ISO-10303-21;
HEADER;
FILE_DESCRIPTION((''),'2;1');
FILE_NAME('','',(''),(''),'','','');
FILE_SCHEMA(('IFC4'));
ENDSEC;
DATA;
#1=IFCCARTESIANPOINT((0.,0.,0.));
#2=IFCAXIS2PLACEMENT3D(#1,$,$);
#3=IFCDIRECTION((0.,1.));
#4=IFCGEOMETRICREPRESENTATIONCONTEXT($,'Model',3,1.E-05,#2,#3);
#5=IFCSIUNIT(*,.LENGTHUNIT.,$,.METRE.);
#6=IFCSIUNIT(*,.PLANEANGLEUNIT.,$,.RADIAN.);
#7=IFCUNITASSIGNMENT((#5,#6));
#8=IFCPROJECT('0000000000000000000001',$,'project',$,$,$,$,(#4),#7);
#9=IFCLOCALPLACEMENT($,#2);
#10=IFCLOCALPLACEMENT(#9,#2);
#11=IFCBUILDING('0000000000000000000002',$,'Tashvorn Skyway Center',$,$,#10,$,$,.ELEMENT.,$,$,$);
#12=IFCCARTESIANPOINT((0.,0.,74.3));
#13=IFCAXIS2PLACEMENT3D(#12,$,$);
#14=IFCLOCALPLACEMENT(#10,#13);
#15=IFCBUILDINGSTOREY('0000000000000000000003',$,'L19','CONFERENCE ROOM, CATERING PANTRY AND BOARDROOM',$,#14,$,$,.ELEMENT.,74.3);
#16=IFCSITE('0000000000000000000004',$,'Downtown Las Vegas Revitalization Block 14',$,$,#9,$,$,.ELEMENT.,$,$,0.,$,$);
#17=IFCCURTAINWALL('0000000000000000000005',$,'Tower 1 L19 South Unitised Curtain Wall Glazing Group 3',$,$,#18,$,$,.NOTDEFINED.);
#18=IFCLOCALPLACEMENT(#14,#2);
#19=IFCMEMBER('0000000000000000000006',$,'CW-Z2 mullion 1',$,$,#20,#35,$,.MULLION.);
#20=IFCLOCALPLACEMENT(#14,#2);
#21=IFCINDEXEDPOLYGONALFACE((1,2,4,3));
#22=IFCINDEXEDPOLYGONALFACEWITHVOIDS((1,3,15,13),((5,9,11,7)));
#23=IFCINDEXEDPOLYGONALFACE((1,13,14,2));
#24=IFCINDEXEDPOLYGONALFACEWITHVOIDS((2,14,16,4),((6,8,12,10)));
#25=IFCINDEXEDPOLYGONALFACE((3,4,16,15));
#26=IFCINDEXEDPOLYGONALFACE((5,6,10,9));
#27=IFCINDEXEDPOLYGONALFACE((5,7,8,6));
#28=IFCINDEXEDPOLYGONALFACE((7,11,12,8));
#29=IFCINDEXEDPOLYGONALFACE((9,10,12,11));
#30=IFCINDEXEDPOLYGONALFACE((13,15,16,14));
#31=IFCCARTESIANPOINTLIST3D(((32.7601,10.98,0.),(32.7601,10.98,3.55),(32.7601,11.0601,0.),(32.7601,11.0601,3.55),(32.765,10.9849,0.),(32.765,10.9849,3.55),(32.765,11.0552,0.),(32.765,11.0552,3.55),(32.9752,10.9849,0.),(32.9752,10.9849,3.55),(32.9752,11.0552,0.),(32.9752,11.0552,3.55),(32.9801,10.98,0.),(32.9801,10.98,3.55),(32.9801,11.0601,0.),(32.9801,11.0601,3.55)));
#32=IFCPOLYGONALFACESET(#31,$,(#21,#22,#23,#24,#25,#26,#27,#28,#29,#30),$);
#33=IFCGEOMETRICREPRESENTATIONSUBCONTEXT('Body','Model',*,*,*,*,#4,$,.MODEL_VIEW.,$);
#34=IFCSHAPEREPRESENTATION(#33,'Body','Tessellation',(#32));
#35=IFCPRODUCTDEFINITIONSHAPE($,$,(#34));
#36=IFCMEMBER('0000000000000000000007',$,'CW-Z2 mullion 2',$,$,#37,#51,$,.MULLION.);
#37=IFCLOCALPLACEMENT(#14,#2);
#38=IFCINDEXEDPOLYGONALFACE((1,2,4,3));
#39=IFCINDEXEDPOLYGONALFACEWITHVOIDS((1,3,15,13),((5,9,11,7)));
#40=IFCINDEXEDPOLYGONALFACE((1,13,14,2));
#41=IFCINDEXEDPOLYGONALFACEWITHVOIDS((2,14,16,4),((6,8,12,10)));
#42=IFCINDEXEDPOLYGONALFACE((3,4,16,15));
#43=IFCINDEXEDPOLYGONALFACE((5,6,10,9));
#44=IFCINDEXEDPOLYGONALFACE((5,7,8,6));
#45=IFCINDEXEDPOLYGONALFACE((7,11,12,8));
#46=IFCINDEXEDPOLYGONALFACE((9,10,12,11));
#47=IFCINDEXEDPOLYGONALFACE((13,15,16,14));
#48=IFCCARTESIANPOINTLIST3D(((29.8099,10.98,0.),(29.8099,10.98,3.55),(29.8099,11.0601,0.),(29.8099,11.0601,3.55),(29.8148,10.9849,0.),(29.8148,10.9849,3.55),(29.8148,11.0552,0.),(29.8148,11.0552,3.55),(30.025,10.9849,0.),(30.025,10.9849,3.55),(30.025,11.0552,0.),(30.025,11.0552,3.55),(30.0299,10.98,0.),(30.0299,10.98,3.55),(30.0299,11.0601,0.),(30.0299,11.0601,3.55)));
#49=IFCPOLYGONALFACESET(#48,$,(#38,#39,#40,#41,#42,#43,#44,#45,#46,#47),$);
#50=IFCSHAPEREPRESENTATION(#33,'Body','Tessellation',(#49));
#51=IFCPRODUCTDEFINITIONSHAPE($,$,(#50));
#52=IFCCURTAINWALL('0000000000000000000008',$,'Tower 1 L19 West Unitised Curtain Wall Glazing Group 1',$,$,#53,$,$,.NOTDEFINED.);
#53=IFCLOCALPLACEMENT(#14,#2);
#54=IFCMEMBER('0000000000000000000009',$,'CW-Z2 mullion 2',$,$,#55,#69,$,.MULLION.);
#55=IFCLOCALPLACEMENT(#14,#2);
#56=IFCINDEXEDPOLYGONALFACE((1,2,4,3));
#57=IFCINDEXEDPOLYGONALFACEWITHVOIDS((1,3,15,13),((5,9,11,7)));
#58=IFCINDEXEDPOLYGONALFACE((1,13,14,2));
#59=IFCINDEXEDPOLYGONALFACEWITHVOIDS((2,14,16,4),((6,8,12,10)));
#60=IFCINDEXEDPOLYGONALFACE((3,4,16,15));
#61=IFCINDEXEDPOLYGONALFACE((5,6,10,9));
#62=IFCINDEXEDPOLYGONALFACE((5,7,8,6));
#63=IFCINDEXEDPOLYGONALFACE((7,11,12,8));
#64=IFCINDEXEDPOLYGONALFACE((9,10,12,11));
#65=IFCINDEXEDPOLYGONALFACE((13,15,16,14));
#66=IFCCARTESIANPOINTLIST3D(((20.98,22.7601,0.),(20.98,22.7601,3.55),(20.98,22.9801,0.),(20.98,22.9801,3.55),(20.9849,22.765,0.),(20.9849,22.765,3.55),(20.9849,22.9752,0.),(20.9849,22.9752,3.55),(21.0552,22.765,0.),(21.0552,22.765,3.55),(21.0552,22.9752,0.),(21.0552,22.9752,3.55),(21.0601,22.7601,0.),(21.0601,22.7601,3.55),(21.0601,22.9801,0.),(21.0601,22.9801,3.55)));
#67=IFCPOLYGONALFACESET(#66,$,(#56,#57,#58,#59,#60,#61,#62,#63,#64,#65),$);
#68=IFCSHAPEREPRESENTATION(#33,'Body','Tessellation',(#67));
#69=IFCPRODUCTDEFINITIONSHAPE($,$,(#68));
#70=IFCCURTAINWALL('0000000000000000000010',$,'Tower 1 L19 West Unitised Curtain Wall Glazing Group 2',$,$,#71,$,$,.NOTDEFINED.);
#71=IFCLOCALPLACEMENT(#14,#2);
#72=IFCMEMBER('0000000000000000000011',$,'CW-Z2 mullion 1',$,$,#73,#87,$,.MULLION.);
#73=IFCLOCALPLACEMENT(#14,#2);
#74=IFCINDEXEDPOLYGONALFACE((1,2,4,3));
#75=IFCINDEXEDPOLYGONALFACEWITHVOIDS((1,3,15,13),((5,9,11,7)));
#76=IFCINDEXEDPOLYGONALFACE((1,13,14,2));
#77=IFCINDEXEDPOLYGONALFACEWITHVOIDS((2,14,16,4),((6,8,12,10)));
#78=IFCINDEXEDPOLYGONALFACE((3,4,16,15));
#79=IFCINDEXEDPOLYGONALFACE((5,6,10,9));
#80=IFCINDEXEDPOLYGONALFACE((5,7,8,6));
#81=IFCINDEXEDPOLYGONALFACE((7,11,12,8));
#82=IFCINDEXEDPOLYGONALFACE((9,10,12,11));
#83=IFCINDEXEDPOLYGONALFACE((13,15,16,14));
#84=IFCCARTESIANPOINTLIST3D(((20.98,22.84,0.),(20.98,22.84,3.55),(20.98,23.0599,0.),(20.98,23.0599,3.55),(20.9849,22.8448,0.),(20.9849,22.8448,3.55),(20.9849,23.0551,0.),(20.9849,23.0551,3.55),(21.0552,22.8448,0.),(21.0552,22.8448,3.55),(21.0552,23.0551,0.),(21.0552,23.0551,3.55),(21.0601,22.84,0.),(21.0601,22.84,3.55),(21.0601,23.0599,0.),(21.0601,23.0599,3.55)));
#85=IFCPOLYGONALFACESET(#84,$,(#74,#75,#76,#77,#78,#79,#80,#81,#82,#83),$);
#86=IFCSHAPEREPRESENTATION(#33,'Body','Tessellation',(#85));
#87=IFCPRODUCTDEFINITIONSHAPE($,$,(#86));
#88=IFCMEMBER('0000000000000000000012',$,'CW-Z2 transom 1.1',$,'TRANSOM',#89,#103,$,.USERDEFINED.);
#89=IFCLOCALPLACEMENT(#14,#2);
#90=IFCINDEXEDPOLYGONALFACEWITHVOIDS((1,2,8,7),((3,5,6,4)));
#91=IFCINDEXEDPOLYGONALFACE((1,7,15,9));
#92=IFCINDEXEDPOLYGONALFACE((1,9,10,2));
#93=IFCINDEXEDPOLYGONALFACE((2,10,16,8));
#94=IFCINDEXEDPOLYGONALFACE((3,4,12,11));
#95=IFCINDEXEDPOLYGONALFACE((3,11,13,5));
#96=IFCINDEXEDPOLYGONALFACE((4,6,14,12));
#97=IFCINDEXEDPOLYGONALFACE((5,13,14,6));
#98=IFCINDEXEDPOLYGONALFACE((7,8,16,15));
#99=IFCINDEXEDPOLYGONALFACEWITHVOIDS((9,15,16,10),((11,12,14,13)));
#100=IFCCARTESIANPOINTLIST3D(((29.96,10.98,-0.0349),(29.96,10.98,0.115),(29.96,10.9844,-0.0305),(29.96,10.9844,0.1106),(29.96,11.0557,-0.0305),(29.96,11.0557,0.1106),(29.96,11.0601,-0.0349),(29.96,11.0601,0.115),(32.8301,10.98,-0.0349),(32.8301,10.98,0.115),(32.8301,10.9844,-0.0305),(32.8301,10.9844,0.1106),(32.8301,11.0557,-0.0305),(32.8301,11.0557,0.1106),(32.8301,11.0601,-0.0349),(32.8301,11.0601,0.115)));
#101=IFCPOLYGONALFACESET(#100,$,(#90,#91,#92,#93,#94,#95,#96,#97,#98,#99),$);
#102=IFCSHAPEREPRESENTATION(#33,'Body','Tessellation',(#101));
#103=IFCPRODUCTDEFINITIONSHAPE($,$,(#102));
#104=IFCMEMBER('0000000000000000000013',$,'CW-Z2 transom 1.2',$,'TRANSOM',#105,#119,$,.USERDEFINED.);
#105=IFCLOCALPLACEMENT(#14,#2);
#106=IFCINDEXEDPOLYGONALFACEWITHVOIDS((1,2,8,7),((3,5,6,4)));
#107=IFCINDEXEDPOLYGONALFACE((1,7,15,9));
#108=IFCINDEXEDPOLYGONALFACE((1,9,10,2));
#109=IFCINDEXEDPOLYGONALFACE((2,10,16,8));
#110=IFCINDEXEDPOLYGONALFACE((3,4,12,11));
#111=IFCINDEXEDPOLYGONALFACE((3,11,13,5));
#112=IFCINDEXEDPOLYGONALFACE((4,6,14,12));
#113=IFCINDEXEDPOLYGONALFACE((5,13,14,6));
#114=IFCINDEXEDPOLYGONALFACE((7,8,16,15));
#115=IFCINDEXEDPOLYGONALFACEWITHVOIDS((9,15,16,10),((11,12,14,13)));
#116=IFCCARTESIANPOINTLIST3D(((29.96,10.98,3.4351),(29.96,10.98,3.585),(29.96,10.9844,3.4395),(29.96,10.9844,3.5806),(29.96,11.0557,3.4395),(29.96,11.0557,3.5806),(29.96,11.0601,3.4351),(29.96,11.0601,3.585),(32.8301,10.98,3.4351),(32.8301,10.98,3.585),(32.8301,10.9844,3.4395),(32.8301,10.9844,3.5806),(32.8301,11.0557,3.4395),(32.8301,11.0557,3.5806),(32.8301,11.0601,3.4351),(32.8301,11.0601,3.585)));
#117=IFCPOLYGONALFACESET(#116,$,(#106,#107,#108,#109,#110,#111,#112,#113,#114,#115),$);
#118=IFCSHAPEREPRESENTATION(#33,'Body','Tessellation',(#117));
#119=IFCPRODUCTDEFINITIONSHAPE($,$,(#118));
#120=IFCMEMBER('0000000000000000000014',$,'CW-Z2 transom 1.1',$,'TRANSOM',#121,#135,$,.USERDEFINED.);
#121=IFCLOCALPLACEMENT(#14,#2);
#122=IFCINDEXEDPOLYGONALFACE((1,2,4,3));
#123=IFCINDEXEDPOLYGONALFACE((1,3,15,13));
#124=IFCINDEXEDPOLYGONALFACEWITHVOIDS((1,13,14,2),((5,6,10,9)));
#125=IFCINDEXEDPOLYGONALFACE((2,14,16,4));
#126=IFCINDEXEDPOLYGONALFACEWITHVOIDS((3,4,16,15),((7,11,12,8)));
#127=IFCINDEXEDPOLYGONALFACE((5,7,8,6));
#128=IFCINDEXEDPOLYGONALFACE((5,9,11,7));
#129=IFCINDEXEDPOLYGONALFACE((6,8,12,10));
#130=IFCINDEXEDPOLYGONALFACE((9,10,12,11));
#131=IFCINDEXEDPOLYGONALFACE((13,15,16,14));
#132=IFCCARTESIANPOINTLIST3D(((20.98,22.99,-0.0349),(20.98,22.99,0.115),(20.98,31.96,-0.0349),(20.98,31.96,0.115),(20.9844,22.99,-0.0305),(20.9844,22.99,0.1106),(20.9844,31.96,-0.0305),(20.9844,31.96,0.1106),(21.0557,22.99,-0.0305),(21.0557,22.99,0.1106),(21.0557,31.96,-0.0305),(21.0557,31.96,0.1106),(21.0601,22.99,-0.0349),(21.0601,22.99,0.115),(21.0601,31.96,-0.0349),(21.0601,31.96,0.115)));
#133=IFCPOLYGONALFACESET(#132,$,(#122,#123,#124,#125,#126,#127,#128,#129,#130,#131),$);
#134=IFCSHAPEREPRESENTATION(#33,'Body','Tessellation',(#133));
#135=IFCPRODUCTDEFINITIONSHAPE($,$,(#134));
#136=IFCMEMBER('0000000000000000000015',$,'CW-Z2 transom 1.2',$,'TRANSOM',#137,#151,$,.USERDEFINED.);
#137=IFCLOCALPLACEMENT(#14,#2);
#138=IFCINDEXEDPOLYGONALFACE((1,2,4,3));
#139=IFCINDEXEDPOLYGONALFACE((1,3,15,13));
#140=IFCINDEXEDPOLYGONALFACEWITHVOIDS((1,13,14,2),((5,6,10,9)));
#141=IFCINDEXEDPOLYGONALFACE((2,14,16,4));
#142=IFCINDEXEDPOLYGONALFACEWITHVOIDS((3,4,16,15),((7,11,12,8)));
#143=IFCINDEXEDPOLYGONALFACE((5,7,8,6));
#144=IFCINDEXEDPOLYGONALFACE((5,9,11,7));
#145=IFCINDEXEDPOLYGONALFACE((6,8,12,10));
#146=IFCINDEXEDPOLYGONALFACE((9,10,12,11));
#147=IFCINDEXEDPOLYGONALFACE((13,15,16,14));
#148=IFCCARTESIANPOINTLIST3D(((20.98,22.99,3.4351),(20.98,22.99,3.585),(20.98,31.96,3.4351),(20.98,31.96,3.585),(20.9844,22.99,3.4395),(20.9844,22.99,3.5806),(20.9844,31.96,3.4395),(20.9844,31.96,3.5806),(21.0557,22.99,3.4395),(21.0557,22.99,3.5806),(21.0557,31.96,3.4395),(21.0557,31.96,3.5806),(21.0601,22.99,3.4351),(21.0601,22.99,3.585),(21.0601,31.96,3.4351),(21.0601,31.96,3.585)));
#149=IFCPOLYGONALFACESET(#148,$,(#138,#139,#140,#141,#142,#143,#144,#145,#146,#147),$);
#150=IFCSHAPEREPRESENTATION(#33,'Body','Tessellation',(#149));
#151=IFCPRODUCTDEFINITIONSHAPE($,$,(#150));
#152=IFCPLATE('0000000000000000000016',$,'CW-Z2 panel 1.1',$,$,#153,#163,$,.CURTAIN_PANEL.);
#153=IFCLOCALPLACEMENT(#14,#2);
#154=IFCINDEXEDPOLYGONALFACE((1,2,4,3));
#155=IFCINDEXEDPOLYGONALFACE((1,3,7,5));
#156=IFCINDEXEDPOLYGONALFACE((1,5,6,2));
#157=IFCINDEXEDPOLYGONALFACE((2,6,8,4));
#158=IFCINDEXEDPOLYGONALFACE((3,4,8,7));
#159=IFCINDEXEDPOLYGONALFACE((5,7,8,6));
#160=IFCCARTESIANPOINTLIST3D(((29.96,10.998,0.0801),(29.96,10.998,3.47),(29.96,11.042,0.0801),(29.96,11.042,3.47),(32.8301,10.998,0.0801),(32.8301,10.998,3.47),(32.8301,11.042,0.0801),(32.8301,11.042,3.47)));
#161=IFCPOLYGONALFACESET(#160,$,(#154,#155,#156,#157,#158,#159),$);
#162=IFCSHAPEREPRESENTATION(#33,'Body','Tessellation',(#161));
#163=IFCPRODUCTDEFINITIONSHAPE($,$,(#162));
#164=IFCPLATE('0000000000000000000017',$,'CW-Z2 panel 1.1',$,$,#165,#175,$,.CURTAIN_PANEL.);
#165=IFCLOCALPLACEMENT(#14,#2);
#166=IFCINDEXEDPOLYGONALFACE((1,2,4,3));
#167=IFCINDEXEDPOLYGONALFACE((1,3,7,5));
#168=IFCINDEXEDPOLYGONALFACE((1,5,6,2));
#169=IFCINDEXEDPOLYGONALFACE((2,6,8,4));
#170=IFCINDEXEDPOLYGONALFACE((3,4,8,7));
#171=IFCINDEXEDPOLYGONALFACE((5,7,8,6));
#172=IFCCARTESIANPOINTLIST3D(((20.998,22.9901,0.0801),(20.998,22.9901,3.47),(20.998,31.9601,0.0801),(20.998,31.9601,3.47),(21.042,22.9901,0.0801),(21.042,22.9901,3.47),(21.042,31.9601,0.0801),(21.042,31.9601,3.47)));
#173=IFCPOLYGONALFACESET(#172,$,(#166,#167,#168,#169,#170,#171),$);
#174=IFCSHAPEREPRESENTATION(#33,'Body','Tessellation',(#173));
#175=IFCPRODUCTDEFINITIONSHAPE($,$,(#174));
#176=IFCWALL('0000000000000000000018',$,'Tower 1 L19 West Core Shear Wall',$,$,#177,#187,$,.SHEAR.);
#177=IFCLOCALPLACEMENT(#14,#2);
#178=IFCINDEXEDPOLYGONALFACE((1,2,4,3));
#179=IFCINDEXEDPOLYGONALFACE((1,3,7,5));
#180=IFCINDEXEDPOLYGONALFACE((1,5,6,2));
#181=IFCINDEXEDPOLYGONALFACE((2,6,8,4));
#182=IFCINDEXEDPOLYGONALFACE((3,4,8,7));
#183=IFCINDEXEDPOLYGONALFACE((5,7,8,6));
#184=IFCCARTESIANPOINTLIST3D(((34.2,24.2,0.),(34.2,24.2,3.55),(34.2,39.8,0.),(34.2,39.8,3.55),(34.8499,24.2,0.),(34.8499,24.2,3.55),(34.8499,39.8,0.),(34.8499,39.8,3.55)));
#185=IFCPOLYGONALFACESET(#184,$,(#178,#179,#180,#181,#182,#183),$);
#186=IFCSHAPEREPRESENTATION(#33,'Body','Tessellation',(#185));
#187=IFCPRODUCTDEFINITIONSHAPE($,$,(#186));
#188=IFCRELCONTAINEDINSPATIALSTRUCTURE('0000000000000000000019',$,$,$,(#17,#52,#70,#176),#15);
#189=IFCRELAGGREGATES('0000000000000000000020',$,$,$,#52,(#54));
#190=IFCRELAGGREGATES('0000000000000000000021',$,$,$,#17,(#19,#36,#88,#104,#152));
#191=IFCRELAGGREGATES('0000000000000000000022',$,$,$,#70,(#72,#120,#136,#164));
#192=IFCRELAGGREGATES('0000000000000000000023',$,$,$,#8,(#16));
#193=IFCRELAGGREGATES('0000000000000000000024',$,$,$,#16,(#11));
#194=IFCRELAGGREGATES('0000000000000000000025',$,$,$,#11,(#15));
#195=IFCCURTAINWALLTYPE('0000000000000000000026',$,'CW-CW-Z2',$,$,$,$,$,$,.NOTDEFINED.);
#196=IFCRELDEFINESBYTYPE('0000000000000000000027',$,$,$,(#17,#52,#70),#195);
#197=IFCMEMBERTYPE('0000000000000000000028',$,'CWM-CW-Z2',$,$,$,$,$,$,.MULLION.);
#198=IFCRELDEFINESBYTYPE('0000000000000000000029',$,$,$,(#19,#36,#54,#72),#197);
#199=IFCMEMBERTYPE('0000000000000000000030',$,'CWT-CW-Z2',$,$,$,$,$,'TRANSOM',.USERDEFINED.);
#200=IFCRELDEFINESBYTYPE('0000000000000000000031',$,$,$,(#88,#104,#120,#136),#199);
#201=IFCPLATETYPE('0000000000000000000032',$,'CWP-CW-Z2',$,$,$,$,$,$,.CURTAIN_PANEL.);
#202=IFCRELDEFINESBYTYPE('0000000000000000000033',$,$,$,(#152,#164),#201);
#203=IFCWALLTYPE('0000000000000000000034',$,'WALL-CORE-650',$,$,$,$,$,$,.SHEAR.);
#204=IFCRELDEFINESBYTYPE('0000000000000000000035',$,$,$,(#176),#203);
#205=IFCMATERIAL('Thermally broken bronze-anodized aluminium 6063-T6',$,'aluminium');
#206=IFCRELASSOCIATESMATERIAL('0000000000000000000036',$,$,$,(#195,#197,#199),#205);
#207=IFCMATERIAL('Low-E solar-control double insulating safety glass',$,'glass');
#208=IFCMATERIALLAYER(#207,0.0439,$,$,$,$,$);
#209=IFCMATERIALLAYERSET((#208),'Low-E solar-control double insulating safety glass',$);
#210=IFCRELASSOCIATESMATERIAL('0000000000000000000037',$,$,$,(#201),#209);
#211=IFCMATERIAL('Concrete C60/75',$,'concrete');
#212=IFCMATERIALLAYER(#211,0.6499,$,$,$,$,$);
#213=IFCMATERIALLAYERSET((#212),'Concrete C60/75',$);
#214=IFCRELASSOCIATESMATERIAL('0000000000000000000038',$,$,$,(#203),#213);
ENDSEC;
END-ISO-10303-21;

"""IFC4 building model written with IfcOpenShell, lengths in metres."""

from ifc_helpers import new_model, si_unit, direction, frame, frame_2d, origin, origin_2d, place, context, subcontext, project, spatial, rectangle, hollow_rectangle, extrude, material, layer, layer_set, material_profile, profile_set, type_object, element, aggregate, save


model = new_model("IFC4")

# Units and contexts
model_context = context("Model", 3, precision=1e-05, world=origin(), true_north=direction((0.0, 1.0)))
body_context = subcontext(model_context, "Body", "Model", "MODEL_VIEW")
ifc_project = project(units=[si_unit("LENGTHUNIT", "METRE"), si_unit("PLANEANGLEUNIT", "RADIAN")], contexts=[model_context])

# Site, building, storey
site_placement = place(None, origin())
site = spatial("IfcSite", under=ifc_project, at=site_placement, Name="Downtown Las Vegas Revitalization Block 14", CompositionType="ELEMENT", RefElevation=0.0)
building_placement = place(site_placement, origin())
building = spatial("IfcBuilding", under=site, at=building_placement, Name="Tashvorn Skyway Center", CompositionType="ELEMENT")
storey_placement = place(building_placement, frame((0.0, 0.0, 74.3)))
storey = spatial("IfcBuildingStorey", under=building, at=storey_placement, Name="L19", Description="CONFERENCE ROOM, CATERING PANTRY AND BOARDROOM", CompositionType="ELEMENT", Elevation=74.3)

# Shared definitions
ifc_material_1 = material(Name="Thermally broken bronze-anodized aluminium 6063-T6", Category="aluminium")
curtain_wall_type = type_object("IfcCurtainWallType", Name="CW-CW-Z2", PredefinedType="NOTDEFINED", material=ifc_material_1)
ifc_material_profile_1 = material_profile(ifc_material_1, hollow_rectangle(XDim=0.0801, YDim=0.22, WallThickness=0.0049, at=origin_2d()), Name="ALU-MULL-80x220")
ifc_profile_set_1 = profile_set([ifc_material_profile_1], Name="Thermally broken bronze-anodized aluminium 6063-T6")
member_type_1 = type_object("IfcMemberType", Name="CWM-CW-Z2", PredefinedType="MULLION", material=ifc_profile_set_1)

# Curtain wall, members
curtain_wall_1_placement = place(storey_placement, origin())
curtain_wall_1 = element("IfcCurtainWall", 1, at=curtain_wall_1_placement, inside=storey, type_object=curtain_wall_type, Name="Tower 1 L19 South Unitised Curtain Wall Glazing Group 3", PredefinedType="NOTDEFINED")
member_1_placement = place(storey_placement, frame((32.8701, 11.02, 0.0), z_axis=(0.0, 0.0, 1.0), x_axis=(0.0, -1.0, 0.0)))
member_1 = element("IfcMember", 2, at=member_1_placement, type_object=member_type_1, Name="CW-Z2 mullion 1", PredefinedType="MULLION", context=body_context, shape_type="SweptSolid", body=[
    extrude(hollow_rectangle(XDim=0.0801, YDim=0.22, WallThickness=0.0049, at=origin_2d()), origin(), (0.0, 0.0, 1.0), 3.55),
])
member_2_placement = place(storey_placement, frame((29.9199, 11.02, 0.0), z_axis=(0.0, 0.0, 1.0), x_axis=(0.0, -1.0, 0.0)))
member_2 = element("IfcMember", 3, at=member_2_placement, type_object=member_type_1, Name="CW-Z2 mullion 2", PredefinedType="MULLION", context=body_context, shape_type="SweptSolid", body=[
    extrude(hollow_rectangle(XDim=0.0801, YDim=0.22, WallThickness=0.0049, at=origin_2d()), origin(), (0.0, 0.0, 1.0), 3.55),
])

# Curtain walls, members
curtain_wall_2_placement = place(storey_placement, origin())
curtain_wall_2 = element("IfcCurtainWall", 4, at=curtain_wall_2_placement, inside=storey, type_object=curtain_wall_type, Name="Tower 1 L19 West Unitised Curtain Wall Glazing Group 1", PredefinedType="NOTDEFINED")
member_3_placement = place(storey_placement, frame((21.02, 22.8701, 0.0), z_axis=(0.0, 0.0, 1.0), x_axis=(-1.0, 0.0, 0.0)))
member_3 = element("IfcMember", 5, at=member_3_placement, type_object=member_type_1, Name="CW-Z2 mullion 2", PredefinedType="MULLION", context=body_context, shape_type="SweptSolid", body=[
    extrude(hollow_rectangle(XDim=0.0801, YDim=0.22, WallThickness=0.0049, at=origin_2d()), origin(), (0.0, 0.0, 1.0), 3.55),
])
aggregate(curtain_wall_2, [member_3])
curtain_wall_3_placement = place(storey_placement, origin())
curtain_wall_3 = element("IfcCurtainWall", 6, at=curtain_wall_3_placement, inside=storey, type_object=curtain_wall_type, Name="Tower 1 L19 West Unitised Curtain Wall Glazing Group 2", PredefinedType="NOTDEFINED")
member_4_placement = place(storey_placement, frame((21.02, 22.95, 0.0), z_axis=(0.0, 0.0, 1.0), x_axis=(-1.0, 0.0, 0.0)))
member_4 = element("IfcMember", 7, at=member_4_placement, type_object=member_type_1, Name="CW-Z2 mullion 1", PredefinedType="MULLION", context=body_context, shape_type="SweptSolid", body=[
    extrude(hollow_rectangle(XDim=0.0801, YDim=0.22, WallThickness=0.0049, at=origin_2d()), origin(), (0.0, 0.0, 1.0), 3.55),
])

# Members
ifc_material_profile_2 = material_profile(ifc_material_1, hollow_rectangle(XDim=0.0801, YDim=0.1499, WallThickness=0.0044, at=origin_2d()), Name="ALU-TRAN-80x150")
ifc_profile_set_2 = profile_set([ifc_material_profile_2], Name="Thermally broken bronze-anodized aluminium 6063-T6")
member_type_2 = type_object("IfcMemberType", Name="CWT-CW-Z2", ElementType="TRANSOM", PredefinedType="USERDEFINED", material=ifc_profile_set_2)
member_5_placement = place(storey_placement, frame((32.8301, 11.02, 0.04), z_axis=(-1.0, 0.0, 0.0), x_axis=(0.0, -1.0, 0.0)))
member_5 = element("IfcMember", 8, at=member_5_placement, type_object=member_type_2, Name="CW-Z2 transom 1.1", ObjectType="TRANSOM", PredefinedType="USERDEFINED", context=body_context, shape_type="SweptSolid", body=[
    extrude(hollow_rectangle(XDim=0.0801, YDim=0.1499, WallThickness=0.0044, at=origin_2d()), origin(), (0.0, 0.0, 1.0), 2.8701),
])
member_6_placement = place(storey_placement, frame((32.8301, 11.02, 3.51), z_axis=(-1.0, 0.0, 0.0), x_axis=(0.0, -1.0, 0.0)))
member_6 = element("IfcMember", 9, at=member_6_placement, type_object=member_type_2, Name="CW-Z2 transom 1.2", ObjectType="TRANSOM", PredefinedType="USERDEFINED", context=body_context, shape_type="SweptSolid", body=[
    extrude(hollow_rectangle(XDim=0.0801, YDim=0.1499, WallThickness=0.0044, at=origin_2d()), origin(), (0.0, 0.0, 1.0), 2.8701),
])
member_7_placement = place(storey_placement, frame((21.02, 22.99, 0.04), z_axis=(0.0, 1.0, 0.0), x_axis=(-1.0, 0.0, 0.0)))
member_7 = element("IfcMember", 10, at=member_7_placement, type_object=member_type_2, Name="CW-Z2 transom 1.1", ObjectType="TRANSOM", PredefinedType="USERDEFINED", context=body_context, shape_type="SweptSolid", body=[
    extrude(hollow_rectangle(XDim=0.0801, YDim=0.1499, WallThickness=0.0044, at=origin_2d()), origin(), (0.0, 0.0, 1.0), 8.97),
])
member_8_placement = place(storey_placement, frame((21.02, 22.99, 3.51), z_axis=(0.0, 1.0, 0.0), x_axis=(-1.0, 0.0, 0.0)))
member_8 = element("IfcMember", 11, at=member_8_placement, type_object=member_type_2, Name="CW-Z2 transom 1.2", ObjectType="TRANSOM", PredefinedType="USERDEFINED", context=body_context, shape_type="SweptSolid", body=[
    extrude(hollow_rectangle(XDim=0.0801, YDim=0.1499, WallThickness=0.0044, at=origin_2d()), origin(), (0.0, 0.0, 1.0), 8.97),
])

# Plates
ifc_material_2 = material(Name="Low-E solar-control double insulating safety glass", Category="glass")
ifc_layer_1 = layer(ifc_material_2, 0.0439)
ifc_layer_set_1 = layer_set([ifc_layer_1], Name="Low-E solar-control double insulating safety glass")
plate_type = type_object("IfcPlateType", Name="CWP-CW-Z2", PredefinedType="CURTAIN_PANEL", material=ifc_layer_set_1)
plate_1_placement = place(storey_placement, frame((31.395, 11.02, 0.0801), z_axis=(0.0, 0.0, 1.0), x_axis=(-1.0, 0.0, 0.0)))
plate_1 = element("IfcPlate", 12, at=plate_1_placement, type_object=plate_type, Name="CW-Z2 panel 1.1", PredefinedType="CURTAIN_PANEL", context=body_context, shape_type="SweptSolid", body=[
    extrude(rectangle(XDim=2.8701, YDim=0.0439, at=origin_2d()), origin(), (0.0, 0.0, 1.0), 3.3899),
])
aggregate(curtain_wall_1, [member_1, member_2, member_5, member_6, plate_1])
plate_2_placement = place(storey_placement, frame((21.02, 27.4751, 0.0801), z_axis=(0.0, 0.0, 1.0), x_axis=(0.0, 1.0, 0.0)))
plate_2 = element("IfcPlate", 13, at=plate_2_placement, type_object=plate_type, Name="CW-Z2 panel 1.1", PredefinedType="CURTAIN_PANEL", context=body_context, shape_type="SweptSolid", body=[
    extrude(rectangle(XDim=8.97, YDim=0.0439, at=origin_2d()), origin(), (0.0, 0.0, 1.0), 3.3899),
])
aggregate(curtain_wall_3, [member_4, member_7, member_8, plate_2])

# Wall
ifc_material_3 = material(Name="Concrete C60/75", Category="concrete")
ifc_layer_2 = layer(ifc_material_3, 0.6499)
ifc_layer_set_2 = layer_set([ifc_layer_2], Name="Concrete C60/75")
wall_type_1 = type_object("IfcWallType", Name="WALL-CORE-650", PredefinedType="SHEAR", material=ifc_layer_set_2)
wall_1_placement = place(storey_placement, frame((34.5249, 24.2, 0.0), z_axis=(0.0, 0.0, 1.0), x_axis=(0.0, 1.0, 0.0)))
element("IfcWall", 14, at=wall_1_placement, inside=storey, type_object=wall_type_1, Name="Tower 1 L19 West Core Shear Wall", PredefinedType="SHEAR", context=body_context, shape_type="SweptSolid", body=[
    extrude(rectangle(XDim=15.6001, YDim=0.6499, at=frame_2d((7.8, 0.0))), origin(), (0.0, 0.0, 1.0), 3.55),
])

save(model, "model.ifc")
